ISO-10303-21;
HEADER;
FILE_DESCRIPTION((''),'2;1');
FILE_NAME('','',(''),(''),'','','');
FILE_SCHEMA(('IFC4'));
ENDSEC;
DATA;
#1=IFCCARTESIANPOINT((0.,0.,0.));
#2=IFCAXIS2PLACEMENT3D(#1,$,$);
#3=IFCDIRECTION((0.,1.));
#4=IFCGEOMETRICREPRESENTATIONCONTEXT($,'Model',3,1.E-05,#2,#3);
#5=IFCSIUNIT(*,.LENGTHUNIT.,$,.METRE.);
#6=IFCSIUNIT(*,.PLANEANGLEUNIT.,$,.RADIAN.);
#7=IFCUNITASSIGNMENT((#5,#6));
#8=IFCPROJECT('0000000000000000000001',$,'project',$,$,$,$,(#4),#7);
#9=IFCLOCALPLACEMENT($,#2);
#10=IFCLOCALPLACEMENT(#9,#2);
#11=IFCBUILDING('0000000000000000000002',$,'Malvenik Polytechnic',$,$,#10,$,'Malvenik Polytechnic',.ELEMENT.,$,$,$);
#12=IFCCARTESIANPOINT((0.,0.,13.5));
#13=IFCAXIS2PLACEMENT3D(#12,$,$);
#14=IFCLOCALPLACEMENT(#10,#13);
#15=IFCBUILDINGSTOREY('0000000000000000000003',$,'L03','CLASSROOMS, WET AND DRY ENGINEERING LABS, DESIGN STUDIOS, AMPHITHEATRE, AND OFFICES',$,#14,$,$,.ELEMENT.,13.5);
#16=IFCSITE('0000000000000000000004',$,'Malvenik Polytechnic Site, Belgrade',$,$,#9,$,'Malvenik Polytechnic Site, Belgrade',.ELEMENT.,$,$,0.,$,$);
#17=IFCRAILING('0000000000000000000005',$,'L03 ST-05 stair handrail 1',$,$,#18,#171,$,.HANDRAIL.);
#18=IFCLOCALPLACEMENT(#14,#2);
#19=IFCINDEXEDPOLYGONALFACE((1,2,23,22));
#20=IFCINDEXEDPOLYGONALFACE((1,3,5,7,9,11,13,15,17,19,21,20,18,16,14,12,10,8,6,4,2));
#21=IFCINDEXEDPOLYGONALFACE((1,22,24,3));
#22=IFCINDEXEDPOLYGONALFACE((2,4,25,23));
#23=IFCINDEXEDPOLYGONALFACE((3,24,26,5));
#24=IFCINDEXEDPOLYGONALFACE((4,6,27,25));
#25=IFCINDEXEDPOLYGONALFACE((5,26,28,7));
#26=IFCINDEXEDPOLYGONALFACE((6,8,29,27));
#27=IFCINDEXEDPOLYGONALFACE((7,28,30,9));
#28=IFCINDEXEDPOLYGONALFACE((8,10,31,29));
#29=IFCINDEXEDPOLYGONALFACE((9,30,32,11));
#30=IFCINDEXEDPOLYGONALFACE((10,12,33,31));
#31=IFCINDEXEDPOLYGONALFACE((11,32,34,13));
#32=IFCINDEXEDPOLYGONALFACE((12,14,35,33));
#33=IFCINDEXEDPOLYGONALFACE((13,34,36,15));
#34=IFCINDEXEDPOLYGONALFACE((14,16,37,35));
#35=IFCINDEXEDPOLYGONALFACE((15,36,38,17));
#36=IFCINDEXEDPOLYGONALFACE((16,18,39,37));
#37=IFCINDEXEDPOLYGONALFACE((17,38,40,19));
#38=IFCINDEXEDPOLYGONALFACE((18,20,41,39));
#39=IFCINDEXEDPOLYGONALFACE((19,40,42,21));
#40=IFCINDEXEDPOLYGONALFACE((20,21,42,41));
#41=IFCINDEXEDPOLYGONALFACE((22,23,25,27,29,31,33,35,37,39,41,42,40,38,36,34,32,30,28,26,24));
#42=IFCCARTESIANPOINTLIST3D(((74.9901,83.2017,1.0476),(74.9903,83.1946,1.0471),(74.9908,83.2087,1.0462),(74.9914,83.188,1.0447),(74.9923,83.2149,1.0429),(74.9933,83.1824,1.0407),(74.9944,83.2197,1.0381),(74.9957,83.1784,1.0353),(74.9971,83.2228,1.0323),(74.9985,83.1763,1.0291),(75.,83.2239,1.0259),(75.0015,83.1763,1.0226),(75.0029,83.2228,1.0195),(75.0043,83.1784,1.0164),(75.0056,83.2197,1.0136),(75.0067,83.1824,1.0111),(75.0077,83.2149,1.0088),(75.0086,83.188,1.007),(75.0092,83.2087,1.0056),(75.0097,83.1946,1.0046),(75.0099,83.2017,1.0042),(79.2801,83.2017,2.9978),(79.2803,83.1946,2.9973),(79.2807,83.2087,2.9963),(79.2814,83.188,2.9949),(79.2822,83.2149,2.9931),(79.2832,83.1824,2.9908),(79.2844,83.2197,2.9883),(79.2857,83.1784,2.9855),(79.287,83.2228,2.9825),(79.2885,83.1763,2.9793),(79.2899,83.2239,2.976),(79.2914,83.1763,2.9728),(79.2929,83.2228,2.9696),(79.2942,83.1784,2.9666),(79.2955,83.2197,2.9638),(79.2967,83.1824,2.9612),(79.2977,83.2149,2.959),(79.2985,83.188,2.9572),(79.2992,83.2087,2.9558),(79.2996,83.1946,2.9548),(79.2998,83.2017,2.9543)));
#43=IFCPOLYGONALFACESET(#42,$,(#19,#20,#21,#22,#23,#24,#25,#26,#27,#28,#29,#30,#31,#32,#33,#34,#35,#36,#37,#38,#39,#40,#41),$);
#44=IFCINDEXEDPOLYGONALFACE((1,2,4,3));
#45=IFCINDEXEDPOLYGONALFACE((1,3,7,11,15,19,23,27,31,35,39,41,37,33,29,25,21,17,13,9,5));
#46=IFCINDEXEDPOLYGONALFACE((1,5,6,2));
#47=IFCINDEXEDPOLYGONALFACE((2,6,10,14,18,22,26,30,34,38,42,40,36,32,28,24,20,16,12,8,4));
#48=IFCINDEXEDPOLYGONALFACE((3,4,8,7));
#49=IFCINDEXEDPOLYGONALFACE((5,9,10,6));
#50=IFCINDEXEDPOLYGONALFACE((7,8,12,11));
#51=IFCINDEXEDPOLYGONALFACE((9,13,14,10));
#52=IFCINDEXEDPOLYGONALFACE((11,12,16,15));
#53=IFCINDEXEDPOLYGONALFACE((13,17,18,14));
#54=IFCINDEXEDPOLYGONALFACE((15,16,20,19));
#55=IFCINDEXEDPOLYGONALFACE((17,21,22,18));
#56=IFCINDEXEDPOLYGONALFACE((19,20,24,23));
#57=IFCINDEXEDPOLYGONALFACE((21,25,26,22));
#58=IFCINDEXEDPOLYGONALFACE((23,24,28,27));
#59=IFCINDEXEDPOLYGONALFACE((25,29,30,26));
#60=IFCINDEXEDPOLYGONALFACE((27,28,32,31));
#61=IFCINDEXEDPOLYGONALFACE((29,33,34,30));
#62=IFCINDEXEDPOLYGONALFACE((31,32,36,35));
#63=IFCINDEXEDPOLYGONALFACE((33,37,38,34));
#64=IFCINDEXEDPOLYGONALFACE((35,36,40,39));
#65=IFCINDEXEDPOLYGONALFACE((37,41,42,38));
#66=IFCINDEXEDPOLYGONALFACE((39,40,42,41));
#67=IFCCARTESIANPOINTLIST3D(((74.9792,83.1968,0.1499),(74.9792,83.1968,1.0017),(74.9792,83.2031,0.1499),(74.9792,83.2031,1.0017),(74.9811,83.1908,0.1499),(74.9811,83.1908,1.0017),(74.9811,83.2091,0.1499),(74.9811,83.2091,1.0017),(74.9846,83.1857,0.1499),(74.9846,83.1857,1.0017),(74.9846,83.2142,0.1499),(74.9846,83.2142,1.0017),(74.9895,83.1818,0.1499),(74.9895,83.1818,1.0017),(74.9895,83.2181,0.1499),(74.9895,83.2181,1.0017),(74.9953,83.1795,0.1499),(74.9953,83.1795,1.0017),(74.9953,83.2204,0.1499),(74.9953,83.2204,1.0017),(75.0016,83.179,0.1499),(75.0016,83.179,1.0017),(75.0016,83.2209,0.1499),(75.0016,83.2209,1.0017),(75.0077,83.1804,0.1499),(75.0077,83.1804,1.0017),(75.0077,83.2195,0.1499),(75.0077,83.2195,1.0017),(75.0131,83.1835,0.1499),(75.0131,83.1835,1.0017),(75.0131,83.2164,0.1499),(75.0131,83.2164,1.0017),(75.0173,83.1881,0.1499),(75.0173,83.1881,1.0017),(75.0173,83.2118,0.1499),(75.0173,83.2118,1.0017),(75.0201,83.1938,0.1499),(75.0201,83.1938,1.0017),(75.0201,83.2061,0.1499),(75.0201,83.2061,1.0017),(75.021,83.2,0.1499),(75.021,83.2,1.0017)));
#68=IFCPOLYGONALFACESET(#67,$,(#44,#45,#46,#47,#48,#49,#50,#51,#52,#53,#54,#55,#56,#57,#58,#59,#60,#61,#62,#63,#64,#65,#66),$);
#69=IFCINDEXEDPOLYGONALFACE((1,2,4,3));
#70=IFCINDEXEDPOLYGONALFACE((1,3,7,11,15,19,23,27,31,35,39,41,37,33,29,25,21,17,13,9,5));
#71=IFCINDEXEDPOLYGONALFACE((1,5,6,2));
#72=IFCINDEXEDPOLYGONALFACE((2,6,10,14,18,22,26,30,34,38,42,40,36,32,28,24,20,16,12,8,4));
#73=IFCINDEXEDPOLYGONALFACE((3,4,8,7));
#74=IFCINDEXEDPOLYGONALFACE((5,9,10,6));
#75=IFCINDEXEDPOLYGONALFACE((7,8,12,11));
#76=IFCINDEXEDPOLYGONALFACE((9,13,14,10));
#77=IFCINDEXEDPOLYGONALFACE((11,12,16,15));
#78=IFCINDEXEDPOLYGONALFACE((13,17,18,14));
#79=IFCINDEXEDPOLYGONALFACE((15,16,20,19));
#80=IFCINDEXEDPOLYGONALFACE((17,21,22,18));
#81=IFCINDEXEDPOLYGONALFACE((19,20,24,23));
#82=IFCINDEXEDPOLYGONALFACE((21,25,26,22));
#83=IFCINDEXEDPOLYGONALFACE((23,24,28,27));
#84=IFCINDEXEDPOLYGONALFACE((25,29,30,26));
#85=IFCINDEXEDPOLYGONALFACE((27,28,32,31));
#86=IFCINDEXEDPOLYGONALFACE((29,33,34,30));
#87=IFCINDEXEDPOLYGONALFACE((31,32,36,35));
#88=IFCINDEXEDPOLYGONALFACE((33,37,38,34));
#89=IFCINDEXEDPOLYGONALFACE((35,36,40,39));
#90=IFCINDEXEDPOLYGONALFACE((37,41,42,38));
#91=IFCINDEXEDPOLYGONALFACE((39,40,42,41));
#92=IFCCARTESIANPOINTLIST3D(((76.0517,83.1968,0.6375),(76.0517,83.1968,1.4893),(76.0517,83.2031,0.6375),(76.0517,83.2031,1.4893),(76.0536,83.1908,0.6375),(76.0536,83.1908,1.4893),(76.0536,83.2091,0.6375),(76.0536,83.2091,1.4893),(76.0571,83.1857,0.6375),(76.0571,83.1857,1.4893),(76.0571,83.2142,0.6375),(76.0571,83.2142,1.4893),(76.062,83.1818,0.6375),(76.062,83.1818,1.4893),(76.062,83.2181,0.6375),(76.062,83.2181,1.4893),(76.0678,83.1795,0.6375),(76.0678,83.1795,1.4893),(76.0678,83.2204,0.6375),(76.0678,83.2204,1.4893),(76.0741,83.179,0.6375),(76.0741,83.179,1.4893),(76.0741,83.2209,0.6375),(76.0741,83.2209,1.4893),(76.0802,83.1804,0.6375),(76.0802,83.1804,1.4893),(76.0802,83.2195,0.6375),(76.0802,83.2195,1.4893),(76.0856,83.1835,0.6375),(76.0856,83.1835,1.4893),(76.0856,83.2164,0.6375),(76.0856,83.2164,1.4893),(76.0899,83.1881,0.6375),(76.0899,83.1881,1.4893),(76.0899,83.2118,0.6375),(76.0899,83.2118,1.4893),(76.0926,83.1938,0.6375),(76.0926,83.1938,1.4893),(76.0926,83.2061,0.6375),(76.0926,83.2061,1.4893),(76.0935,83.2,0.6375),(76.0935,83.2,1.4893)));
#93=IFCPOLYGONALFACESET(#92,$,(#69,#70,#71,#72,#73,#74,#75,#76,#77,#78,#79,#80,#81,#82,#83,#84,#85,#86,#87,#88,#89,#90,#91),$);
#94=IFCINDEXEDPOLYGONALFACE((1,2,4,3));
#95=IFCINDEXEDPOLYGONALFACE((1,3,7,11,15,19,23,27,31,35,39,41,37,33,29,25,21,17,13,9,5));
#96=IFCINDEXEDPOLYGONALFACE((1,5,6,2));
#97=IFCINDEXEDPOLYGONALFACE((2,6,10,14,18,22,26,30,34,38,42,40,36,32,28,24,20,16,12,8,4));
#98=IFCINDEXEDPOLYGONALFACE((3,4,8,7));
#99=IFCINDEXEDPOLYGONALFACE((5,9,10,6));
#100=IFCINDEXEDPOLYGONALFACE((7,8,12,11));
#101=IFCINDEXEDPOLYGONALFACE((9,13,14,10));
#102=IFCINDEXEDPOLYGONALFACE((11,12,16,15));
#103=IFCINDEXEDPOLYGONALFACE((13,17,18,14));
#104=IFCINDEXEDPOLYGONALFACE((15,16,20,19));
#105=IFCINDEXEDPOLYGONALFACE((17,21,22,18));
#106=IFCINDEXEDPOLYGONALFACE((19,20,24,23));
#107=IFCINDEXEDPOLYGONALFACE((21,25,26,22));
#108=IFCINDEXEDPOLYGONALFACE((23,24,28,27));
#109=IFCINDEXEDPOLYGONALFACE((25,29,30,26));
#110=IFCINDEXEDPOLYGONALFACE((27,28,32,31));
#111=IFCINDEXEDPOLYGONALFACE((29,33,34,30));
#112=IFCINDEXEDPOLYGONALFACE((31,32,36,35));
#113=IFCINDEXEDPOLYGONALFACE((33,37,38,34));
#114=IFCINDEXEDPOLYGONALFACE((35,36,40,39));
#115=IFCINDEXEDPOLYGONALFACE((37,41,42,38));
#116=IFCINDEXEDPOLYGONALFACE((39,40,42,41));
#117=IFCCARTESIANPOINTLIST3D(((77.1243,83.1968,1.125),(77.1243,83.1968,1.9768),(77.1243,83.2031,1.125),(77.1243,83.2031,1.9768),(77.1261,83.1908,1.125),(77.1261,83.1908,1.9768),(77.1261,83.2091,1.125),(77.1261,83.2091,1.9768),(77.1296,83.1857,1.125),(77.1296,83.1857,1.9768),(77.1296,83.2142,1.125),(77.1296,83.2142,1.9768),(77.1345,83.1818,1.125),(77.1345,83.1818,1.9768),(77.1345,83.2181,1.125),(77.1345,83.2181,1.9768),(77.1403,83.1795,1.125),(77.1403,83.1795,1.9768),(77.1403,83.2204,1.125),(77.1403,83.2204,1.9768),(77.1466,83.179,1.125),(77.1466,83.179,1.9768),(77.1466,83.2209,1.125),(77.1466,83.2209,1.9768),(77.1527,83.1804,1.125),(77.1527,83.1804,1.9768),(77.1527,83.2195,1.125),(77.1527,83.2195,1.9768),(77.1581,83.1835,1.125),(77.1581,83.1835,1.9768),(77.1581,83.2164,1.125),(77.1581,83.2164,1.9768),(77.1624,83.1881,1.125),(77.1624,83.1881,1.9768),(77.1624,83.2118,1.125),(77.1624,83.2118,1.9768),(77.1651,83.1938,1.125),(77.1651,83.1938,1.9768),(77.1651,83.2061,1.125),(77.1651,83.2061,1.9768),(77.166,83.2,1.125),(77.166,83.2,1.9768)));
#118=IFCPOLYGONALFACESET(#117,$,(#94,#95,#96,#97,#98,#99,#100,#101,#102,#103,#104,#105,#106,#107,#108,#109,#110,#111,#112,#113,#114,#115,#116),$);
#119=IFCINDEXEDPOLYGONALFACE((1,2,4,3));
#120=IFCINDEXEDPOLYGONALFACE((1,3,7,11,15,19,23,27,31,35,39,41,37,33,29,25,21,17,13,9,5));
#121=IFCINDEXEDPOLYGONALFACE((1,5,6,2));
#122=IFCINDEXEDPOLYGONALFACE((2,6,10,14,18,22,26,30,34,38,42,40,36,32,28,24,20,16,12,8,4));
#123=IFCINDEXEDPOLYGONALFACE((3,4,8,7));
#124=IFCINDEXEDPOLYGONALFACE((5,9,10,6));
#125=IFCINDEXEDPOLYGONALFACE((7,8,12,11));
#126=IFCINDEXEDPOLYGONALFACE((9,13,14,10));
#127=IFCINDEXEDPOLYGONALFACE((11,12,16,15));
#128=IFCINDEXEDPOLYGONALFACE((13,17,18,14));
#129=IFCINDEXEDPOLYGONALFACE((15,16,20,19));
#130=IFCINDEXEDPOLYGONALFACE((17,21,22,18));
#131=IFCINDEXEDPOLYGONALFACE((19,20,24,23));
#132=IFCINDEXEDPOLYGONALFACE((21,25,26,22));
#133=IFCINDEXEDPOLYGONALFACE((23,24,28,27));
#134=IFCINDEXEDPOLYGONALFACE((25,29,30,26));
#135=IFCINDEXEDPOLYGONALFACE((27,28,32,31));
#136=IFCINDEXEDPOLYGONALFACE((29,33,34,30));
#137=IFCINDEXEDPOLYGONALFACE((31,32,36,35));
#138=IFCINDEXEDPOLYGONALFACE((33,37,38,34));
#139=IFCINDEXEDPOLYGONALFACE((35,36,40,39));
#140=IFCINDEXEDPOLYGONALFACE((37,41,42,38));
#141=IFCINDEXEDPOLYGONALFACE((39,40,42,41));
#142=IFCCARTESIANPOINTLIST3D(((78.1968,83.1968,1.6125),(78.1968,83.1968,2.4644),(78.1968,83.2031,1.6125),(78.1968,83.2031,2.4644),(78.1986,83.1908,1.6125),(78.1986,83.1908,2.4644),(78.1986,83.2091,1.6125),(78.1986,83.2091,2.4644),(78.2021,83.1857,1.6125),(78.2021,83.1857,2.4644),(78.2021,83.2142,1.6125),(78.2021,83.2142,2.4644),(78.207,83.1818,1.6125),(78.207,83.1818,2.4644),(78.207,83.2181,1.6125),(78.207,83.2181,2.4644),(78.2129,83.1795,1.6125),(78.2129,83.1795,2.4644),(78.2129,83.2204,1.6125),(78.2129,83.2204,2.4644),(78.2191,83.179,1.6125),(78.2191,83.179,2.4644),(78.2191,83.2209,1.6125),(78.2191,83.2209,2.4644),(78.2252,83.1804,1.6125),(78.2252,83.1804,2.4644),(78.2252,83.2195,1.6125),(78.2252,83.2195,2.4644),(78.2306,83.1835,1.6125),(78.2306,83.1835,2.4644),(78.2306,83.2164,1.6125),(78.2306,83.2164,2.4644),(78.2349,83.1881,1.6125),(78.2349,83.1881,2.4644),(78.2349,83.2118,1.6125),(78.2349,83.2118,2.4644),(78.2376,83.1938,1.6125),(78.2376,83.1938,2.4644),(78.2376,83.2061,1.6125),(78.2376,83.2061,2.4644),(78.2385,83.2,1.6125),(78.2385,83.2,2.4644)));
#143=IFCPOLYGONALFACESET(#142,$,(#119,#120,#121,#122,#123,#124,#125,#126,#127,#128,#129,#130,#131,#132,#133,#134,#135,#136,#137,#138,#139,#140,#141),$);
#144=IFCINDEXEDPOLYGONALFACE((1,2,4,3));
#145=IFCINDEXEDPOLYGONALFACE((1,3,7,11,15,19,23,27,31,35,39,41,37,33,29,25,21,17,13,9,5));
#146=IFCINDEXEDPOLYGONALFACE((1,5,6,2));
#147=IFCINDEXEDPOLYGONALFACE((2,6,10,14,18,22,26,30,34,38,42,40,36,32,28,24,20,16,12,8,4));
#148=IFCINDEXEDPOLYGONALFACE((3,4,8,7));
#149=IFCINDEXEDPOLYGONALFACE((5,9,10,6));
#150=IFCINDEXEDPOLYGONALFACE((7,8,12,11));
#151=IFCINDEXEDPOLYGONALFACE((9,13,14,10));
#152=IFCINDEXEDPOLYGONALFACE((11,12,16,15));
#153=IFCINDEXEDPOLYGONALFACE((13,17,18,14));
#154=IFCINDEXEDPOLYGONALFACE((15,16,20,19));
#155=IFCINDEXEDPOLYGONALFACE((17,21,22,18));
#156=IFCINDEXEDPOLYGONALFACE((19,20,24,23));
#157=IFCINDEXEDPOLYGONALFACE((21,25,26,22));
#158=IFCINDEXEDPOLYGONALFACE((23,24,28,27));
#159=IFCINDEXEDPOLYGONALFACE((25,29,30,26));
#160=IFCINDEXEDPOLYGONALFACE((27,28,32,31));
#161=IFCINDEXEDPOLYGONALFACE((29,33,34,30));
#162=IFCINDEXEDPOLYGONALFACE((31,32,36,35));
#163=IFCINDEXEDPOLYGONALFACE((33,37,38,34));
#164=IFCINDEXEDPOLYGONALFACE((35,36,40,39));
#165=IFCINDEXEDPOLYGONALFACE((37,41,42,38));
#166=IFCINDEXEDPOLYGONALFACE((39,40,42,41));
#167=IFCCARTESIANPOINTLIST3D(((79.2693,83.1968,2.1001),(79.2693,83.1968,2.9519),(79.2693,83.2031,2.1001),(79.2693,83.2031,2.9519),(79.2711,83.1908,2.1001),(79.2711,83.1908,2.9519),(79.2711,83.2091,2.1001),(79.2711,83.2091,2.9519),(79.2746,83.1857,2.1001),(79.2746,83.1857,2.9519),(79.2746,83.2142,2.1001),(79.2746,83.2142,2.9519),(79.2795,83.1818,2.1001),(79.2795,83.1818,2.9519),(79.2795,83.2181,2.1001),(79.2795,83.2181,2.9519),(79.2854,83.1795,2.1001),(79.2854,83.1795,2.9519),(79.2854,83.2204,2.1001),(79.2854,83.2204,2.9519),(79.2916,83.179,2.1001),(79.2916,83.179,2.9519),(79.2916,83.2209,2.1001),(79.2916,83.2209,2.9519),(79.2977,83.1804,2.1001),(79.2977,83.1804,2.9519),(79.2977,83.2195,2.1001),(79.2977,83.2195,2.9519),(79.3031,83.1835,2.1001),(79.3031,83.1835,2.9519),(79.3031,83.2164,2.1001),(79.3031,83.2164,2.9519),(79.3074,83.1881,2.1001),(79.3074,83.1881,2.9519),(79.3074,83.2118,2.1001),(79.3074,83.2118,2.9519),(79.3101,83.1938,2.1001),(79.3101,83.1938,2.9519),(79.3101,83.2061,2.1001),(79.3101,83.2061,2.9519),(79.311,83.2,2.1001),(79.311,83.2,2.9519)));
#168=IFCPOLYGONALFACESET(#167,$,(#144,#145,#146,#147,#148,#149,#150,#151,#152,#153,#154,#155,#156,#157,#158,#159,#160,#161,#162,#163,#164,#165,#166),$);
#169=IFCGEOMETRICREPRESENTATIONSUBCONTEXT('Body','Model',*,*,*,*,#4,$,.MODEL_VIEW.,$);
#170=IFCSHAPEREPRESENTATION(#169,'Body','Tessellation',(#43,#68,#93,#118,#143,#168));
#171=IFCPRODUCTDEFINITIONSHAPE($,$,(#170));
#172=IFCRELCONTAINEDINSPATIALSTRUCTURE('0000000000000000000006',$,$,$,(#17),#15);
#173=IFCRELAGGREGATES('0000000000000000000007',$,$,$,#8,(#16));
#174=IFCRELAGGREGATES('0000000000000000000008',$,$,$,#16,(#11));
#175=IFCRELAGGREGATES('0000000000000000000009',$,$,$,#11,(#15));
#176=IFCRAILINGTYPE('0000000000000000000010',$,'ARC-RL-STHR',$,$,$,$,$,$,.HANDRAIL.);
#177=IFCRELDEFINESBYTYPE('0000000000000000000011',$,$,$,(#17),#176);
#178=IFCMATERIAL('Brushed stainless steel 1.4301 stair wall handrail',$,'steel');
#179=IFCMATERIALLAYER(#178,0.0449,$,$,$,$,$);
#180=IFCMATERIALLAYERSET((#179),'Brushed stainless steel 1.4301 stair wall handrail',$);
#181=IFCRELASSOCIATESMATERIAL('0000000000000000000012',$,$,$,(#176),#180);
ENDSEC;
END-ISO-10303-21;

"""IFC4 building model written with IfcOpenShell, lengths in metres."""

from ifc_helpers import new_model, si_unit, direction, frame, origin, origin_2d, place, context, subcontext, project, spatial, circle, extrude, material, layer, layer_set, type_object, element, save


model = new_model("IFC4")

# Units and contexts
model_context = context("Model", 3, precision=1e-05, world=origin(), true_north=direction((0.0, 1.0)))
body_context = subcontext(model_context, "Body", "Model", "MODEL_VIEW")
ifc_project = project(units=[si_unit("LENGTHUNIT", "METRE"), si_unit("PLANEANGLEUNIT", "RADIAN")], contexts=[model_context])

# Site, building, storey
site_placement = place(None, origin())
site = spatial("IfcSite", under=ifc_project, at=site_placement, Name="Malvenik Polytechnic Site, Belgrade", LongName="Malvenik Polytechnic Site, Belgrade", CompositionType="ELEMENT", RefElevation=0.0)
building_placement = place(site_placement, origin())
building = spatial("IfcBuilding", under=site, at=building_placement, Name="Malvenik Polytechnic", LongName="Malvenik Polytechnic", CompositionType="ELEMENT")
storey_placement = place(building_placement, frame((0.0, 0.0, 13.5)))
storey = spatial("IfcBuildingStorey", under=building, at=storey_placement, Name="L03", Description="CLASSROOMS, WET AND DRY ENGINEERING LABS, DESIGN STUDIOS, AMPHITHEATRE, AND OFFICES", CompositionType="ELEMENT", Elevation=13.5)

# Railing
ifc_material_1 = material(Name="Brushed stainless steel 1.4301 stair wall handrail", Category="steel")
ifc_layer_1 = layer(ifc_material_1, 0.0449)
ifc_layer_set_1 = layer_set([ifc_layer_1], Name="Brushed stainless steel 1.4301 stair wall handrail")
railing_type_1 = type_object("IfcRailingType", Name="ARC-RL-STHR", PredefinedType="HANDRAIL", material=ifc_layer_set_1)
railing_1_placement = place(storey_placement, frame((75.0, 83.2, 0.1499)))
element("IfcRailing", 1, at=railing_1_placement, inside=storey, type_object=railing_type_1, Name="L03 ST-05 stair handrail 1", PredefinedType="HANDRAIL", context=body_context, shape_type="SweptSolid", body=[
    extrude(circle(Radius=0.0239, at=origin_2d()), frame((0.0, 0.0, 0.876), z_axis=(0.910352, 0.0, 0.413834), x_axis=(0.0, 1.0, 0.0)), (0.0, 0.0, 1.0), 4.7124),
    extrude(circle(Radius=0.021, at=origin_2d()), origin(), (0.0, 0.0, 1.0), 0.8518),
    extrude(circle(Radius=0.021, at=origin_2d()), frame((1.0725, 0.0, 0.4875)), (0.0, 0.0, 1.0), 0.8518),
    extrude(circle(Radius=0.021, at=origin_2d()), frame((2.145, 0.0, 0.9751)), (0.0, 0.0, 1.0), 0.8518),
    extrude(circle(Radius=0.021, at=origin_2d()), frame((3.2175, 0.0, 1.4626)), (0.0, 0.0, 1.0), 0.8518),
    extrude(circle(Radius=0.021, at=origin_2d()), frame((4.29, 0.0, 1.9502)), (0.0, 0.0, 1.0), 0.8518),
])

save(model, "model.ifc")
